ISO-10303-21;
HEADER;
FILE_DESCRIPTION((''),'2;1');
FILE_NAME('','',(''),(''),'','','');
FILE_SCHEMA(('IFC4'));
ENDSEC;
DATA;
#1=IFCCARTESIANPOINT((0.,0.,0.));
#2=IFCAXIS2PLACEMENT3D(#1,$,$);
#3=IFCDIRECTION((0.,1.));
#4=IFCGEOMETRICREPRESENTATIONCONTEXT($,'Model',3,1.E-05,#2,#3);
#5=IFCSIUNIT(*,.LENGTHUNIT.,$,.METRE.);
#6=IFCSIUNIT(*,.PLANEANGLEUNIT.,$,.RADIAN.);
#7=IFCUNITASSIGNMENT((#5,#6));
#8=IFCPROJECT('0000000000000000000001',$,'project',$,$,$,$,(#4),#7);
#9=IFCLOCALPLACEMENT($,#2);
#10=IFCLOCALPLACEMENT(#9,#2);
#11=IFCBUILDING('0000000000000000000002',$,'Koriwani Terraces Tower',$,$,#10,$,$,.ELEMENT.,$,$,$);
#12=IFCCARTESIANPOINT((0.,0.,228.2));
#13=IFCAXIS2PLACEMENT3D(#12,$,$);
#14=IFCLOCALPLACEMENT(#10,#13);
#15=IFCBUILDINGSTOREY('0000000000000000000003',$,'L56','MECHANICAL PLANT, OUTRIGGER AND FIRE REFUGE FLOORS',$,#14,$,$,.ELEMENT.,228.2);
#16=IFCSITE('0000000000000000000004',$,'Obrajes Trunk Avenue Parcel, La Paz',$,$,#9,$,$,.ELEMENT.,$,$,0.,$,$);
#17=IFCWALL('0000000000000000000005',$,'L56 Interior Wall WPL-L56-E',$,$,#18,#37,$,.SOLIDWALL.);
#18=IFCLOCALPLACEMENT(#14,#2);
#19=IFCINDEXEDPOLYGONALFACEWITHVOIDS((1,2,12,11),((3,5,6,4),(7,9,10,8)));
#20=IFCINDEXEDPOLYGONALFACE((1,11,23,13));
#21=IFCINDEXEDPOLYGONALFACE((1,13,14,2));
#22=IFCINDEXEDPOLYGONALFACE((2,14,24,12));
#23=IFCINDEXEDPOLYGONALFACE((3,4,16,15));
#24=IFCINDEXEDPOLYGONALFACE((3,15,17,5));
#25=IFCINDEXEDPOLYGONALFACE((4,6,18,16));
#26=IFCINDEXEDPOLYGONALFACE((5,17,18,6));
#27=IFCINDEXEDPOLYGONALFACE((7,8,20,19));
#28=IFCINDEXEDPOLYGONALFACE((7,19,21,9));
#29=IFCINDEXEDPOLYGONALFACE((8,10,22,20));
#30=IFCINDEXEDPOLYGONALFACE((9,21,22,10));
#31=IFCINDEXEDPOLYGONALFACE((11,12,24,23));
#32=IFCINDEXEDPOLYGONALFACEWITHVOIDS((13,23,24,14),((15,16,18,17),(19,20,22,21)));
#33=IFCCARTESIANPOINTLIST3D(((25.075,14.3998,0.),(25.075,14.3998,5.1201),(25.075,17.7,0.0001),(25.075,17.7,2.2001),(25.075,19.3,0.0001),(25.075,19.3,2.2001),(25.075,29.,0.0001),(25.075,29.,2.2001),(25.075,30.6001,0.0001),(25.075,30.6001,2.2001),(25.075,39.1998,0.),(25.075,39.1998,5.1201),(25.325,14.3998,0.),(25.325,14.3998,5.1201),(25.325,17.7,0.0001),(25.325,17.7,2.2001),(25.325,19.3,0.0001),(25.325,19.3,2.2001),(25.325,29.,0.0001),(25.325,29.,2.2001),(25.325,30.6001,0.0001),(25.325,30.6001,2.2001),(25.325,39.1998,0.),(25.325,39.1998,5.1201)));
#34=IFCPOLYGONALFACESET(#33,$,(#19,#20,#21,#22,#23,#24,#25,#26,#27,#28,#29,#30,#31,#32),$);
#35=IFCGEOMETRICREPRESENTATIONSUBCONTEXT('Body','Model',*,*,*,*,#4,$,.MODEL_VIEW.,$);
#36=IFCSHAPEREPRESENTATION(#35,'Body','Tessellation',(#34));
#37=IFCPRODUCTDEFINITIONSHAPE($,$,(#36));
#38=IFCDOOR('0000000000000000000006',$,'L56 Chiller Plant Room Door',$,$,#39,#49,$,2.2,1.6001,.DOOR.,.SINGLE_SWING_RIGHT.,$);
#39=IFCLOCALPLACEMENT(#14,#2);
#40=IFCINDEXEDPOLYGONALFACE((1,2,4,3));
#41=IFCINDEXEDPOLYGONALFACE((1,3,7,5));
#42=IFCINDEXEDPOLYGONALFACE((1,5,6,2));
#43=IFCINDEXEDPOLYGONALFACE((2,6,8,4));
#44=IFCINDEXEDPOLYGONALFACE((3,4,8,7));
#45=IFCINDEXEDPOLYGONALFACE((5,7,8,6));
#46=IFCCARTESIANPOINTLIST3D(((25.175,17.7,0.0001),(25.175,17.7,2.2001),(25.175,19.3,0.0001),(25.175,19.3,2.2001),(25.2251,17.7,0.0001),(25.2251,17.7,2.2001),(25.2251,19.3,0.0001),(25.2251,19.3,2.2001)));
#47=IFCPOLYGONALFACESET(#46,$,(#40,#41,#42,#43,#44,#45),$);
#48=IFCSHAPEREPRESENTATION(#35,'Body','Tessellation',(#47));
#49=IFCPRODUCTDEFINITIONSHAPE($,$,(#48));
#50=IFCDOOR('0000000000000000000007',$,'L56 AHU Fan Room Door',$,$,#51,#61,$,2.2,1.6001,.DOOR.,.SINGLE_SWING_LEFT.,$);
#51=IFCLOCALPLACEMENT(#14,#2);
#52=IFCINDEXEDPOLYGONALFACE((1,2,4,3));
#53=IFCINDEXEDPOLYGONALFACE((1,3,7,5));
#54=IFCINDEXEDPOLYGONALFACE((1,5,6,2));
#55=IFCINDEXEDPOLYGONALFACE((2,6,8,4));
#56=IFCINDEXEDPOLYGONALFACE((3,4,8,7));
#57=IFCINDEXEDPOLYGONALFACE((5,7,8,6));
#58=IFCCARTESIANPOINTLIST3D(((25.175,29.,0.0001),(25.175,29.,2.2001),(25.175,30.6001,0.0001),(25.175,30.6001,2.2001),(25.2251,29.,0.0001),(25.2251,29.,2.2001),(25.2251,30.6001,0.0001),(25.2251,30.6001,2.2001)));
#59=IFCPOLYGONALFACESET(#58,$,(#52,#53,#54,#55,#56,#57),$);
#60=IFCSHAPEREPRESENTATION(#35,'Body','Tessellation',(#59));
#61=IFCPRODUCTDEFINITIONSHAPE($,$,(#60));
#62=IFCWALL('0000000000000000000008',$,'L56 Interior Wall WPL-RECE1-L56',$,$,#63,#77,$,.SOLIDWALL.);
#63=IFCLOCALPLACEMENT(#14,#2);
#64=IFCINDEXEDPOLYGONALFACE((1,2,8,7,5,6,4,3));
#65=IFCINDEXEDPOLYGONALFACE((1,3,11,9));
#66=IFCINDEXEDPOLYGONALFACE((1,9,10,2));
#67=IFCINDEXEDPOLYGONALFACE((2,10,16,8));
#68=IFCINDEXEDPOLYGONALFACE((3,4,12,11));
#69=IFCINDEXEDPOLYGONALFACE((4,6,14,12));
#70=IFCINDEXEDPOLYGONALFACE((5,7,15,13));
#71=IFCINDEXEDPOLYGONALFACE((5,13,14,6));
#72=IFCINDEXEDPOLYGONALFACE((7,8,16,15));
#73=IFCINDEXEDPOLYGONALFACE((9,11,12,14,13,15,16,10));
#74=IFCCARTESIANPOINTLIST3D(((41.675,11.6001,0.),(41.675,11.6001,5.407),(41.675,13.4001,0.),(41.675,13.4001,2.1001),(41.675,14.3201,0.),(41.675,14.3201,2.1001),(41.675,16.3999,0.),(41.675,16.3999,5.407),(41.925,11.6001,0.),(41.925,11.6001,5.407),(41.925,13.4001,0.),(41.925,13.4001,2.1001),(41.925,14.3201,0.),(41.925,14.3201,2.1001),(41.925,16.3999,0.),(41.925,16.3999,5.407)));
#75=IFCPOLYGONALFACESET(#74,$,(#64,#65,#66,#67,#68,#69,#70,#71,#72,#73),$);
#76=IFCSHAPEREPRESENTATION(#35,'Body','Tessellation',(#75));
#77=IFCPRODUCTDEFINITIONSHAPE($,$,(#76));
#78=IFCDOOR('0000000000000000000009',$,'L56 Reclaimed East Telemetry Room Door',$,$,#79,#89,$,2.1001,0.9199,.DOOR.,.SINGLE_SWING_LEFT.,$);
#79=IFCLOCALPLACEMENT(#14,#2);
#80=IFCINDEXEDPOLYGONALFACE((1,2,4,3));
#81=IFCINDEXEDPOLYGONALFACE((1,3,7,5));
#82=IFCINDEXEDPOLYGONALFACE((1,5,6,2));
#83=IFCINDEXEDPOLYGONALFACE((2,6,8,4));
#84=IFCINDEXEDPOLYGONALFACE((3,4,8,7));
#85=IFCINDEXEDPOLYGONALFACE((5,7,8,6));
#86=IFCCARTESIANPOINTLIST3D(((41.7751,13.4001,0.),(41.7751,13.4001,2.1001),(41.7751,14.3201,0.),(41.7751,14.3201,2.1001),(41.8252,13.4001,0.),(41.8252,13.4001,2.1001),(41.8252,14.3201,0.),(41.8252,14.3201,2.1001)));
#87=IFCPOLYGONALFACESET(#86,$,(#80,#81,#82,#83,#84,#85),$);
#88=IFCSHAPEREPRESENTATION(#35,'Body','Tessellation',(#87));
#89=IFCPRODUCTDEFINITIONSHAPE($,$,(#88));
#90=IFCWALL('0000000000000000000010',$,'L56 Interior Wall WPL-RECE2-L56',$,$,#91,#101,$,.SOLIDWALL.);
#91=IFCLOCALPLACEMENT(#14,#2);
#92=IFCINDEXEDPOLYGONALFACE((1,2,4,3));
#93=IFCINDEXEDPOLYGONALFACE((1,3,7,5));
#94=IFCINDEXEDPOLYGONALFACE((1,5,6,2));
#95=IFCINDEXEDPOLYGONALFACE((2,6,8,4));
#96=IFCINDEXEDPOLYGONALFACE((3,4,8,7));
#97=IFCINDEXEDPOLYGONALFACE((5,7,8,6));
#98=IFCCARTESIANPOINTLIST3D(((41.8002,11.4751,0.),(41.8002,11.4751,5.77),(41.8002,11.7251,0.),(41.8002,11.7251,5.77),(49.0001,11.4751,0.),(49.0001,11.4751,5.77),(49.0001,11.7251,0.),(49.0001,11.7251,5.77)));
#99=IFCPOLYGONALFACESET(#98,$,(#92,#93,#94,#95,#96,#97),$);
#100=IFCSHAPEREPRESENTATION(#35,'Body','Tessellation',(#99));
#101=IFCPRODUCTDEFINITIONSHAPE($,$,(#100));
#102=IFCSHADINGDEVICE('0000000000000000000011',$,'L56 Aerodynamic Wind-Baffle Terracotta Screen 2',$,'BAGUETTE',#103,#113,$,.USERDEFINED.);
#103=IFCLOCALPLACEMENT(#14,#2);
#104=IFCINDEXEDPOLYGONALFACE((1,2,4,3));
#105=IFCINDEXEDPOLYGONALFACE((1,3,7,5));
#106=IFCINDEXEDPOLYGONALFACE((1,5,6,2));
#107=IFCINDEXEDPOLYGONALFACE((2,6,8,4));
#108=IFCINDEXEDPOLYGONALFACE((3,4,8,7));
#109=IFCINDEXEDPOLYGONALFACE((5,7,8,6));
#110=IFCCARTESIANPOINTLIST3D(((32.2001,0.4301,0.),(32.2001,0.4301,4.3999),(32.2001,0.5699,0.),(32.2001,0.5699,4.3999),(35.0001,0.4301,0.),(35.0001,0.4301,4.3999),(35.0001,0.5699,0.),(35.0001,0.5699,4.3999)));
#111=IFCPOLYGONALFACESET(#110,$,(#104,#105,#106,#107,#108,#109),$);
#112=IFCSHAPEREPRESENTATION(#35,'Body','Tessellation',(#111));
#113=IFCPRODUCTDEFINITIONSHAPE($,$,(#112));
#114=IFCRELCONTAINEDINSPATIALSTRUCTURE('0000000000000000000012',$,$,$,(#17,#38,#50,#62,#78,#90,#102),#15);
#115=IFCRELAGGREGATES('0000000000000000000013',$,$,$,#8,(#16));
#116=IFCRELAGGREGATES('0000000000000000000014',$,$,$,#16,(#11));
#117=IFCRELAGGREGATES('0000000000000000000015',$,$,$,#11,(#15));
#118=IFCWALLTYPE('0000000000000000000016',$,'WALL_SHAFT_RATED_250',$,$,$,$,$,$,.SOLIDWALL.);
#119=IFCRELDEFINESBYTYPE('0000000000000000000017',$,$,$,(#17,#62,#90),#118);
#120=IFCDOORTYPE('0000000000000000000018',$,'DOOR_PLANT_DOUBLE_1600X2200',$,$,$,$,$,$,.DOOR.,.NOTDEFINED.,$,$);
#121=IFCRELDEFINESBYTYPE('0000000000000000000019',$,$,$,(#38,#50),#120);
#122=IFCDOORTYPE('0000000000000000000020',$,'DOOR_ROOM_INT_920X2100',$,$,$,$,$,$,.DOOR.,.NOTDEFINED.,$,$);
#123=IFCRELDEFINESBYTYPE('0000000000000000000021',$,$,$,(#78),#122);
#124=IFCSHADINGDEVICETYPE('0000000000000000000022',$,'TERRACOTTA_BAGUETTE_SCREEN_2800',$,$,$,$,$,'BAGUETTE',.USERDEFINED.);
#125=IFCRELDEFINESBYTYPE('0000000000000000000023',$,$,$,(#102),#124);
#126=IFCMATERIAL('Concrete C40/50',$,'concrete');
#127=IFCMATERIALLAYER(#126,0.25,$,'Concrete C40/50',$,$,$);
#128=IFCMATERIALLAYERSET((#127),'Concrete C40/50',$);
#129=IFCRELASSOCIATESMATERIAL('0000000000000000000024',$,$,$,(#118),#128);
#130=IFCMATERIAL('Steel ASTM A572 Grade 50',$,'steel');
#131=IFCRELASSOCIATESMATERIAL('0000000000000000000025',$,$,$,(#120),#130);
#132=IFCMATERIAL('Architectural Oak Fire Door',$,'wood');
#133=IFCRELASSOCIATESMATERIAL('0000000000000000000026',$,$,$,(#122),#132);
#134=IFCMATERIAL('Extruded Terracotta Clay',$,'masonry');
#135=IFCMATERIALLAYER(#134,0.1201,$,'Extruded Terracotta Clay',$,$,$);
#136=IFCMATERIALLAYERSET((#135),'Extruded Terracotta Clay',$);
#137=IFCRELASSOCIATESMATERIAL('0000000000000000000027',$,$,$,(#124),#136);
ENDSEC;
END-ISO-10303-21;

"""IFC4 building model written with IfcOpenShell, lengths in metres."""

from ifc_helpers import new_model, si_unit, direction, frame, frame_2d, origin, origin_2d, place, context, subcontext, project, spatial, rectangle, extrude, material, layer, layer_set, type_object, element, fill, save


model = new_model("IFC4")

# Units and contexts
model_context = context("Model", 3, precision=1e-05, world=origin(), true_north=direction((0.0, 1.0)))
body_context = subcontext(model_context, "Body", "Model", "MODEL_VIEW")
ifc_project = project(units=[si_unit("LENGTHUNIT", "METRE"), si_unit("PLANEANGLEUNIT", "RADIAN")], contexts=[model_context])

# Site, building, storey
site_placement = place(None, origin())
site = spatial("IfcSite", under=ifc_project, at=site_placement, Name="Obrajes Trunk Avenue Parcel, La Paz", CompositionType="ELEMENT", RefElevation=0.0)
building_placement = place(site_placement, origin())
building = spatial("IfcBuilding", under=site, at=building_placement, Name="Koriwani Terraces Tower", CompositionType="ELEMENT")
storey_placement = place(building_placement, frame((0.0, 0.0, 228.2)))
storey = spatial("IfcBuildingStorey", under=building, at=storey_placement, Name="L56", Description="MECHANICAL PLANT, OUTRIGGER AND FIRE REFUGE FLOORS", CompositionType="ELEMENT", Elevation=228.2)

# Shared definitions
ifc_material_1 = material(Name="Steel ASTM A572 Grade 50", Category="steel")

# Wall, openings, doors
ifc_material_2 = material(Name="Concrete C40/50", Category="concrete")
ifc_layer_1 = layer(ifc_material_2, 0.25, Name="Concrete C40/50")
ifc_layer_set_1 = layer_set([ifc_layer_1], Name="Concrete C40/50")
wall_type_1 = type_object("IfcWallType", Name="WALL_SHAFT_RATED_250", PredefinedType="SOLIDWALL", material=ifc_layer_set_1)
wall_1_placement = place(storey_placement, frame((25.2, 14.3999, 0.0), z_axis=(0.0, 0.0, 1.0), x_axis=(0.0, 1.0, 0.0)))
wall_1 = element("IfcWall", 1, at=wall_1_placement, inside=storey, type_object=wall_type_1, Name="L56 Interior Wall WPL-L56-E", PredefinedType="SOLIDWALL", context=body_context, shape_type="SweptSolid", body=[
    extrude(rectangle(XDim=24.8, YDim=0.25, at=frame_2d((12.3999, 0.0))), origin(), (0.0, 0.0, 1.0), 5.1201),
])
opening_1_placement = place(wall_1_placement, frame((3.3, 0.0, 0.0)))
opening_1 = element("IfcOpeningElement", 2, at=opening_1_placement, cuts=wall_1, PredefinedType="OPENING", context=body_context, shape_type="SweptSolid", body=[
    extrude(rectangle(XDim=1.6001, YDim=2.2, at=frame_2d((0.8, 1.1001))), frame((0.0, 0.135, 0.0), z_axis=(0.0, -1.0, 0.0), x_axis=(1.0, 0.0, 0.0)), (0.0, 0.0, 1.0), 0.27),
])
opening_2_placement = place(wall_1_placement, frame((14.6001, 0.0, 0.0)))
opening_2 = element("IfcOpeningElement", 3, at=opening_2_placement, cuts=wall_1, PredefinedType="OPENING", context=body_context, shape_type="SweptSolid", body=[
    extrude(rectangle(XDim=1.6001, YDim=2.2, at=frame_2d((0.8, 1.1001))), frame((0.0, 0.135, 0.0), z_axis=(0.0, -1.0, 0.0), x_axis=(1.0, 0.0, 0.0)), (0.0, 0.0, 1.0), 0.27),
])
door_type_1 = type_object("IfcDoorType", Name="DOOR_PLANT_DOUBLE_1600X2200", OperationType="NOTDEFINED", PredefinedType="DOOR", material=ifc_material_1)
door_1_placement = place(opening_1_placement, origin())
door_1 = element("IfcDoor", 4, at=door_1_placement, inside=storey, type_object=door_type_1, Name="L56 Chiller Plant Room Door", OperationType="SINGLE_SWING_RIGHT", OverallHeight=2.2, OverallWidth=1.6001, PredefinedType="DOOR", context=body_context, shape_type="SweptSolid", body=[
    extrude(rectangle(XDim=1.6001, YDim=2.2, at=frame_2d((0.8, 1.1001))), frame((0.0, 0.0249, 0.0), z_axis=(0.0, -1.0, 0.0), x_axis=(1.0, 0.0, 0.0)), (0.0, 0.0, 1.0), 0.05),
])
fill(opening_1, door_1)
door_2_placement = place(opening_2_placement, origin())
door_2 = element("IfcDoor", 5, at=door_2_placement, inside=storey, type_object=door_type_1, Name="L56 AHU Fan Room Door", OperationType="SINGLE_SWING_LEFT", OverallHeight=2.2, OverallWidth=1.6001, PredefinedType="DOOR", context=body_context, shape_type="SweptSolid", body=[
    extrude(rectangle(XDim=1.6001, YDim=2.2, at=frame_2d((0.8, 1.1001))), frame((0.0, 0.0249, 0.0), z_axis=(0.0, -1.0, 0.0), x_axis=(1.0, 0.0, 0.0)), (0.0, 0.0, 1.0), 0.05),
])
fill(opening_2, door_2)

# Wall, opening, door
wall_2_placement = place(storey_placement, frame((41.8, 11.6001, 0.0), z_axis=(0.0, 0.0, 1.0), x_axis=(0.0, 1.0, 0.0)))
wall_2 = element("IfcWall", 6, at=wall_2_placement, inside=storey, type_object=wall_type_1, Name="L56 Interior Wall WPL-RECE1-L56", PredefinedType="SOLIDWALL", context=body_context, shape_type="SweptSolid", body=[
    extrude(rectangle(XDim=4.7998, YDim=0.25, at=frame_2d((2.3999, 0.0))), origin(), (0.0, 0.0, 1.0), 5.407),
])
opening_3_placement = place(wall_2_placement, frame((1.8, 0.0, 0.0)))
opening_3 = element("IfcOpeningElement", 7, at=opening_3_placement, cuts=wall_2, PredefinedType="OPENING", context=body_context, shape_type="SweptSolid", body=[
    extrude(rectangle(XDim=0.9199, YDim=2.1001, at=frame_2d((0.46, 1.05))), frame((0.0, 0.135, 0.0), z_axis=(0.0, -1.0, 0.0), x_axis=(1.0, 0.0, 0.0)), (0.0, 0.0, 1.0), 0.27),
])
ifc_material_3 = material(Name="Architectural Oak Fire Door", Category="wood")
door_type_2 = type_object("IfcDoorType", Name="DOOR_ROOM_INT_920X2100", OperationType="NOTDEFINED", PredefinedType="DOOR", material=ifc_material_3)
door_3_placement = place(opening_3_placement, origin())
door_3 = element("IfcDoor", 8, at=door_3_placement, inside=storey, type_object=door_type_2, Name="L56 Reclaimed East Telemetry Room Door", OperationType="SINGLE_SWING_LEFT", OverallHeight=2.1001, OverallWidth=0.9199, PredefinedType="DOOR", context=body_context, shape_type="SweptSolid", body=[
    extrude(rectangle(XDim=0.9199, YDim=2.1001, at=frame_2d((0.46, 1.05))), frame((0.0, 0.0249, 0.0), z_axis=(0.0, -1.0, 0.0), x_axis=(1.0, 0.0, 0.0)), (0.0, 0.0, 1.0), 0.05),
])
fill(opening_3, door_3)

# Wall
wall_3_placement = place(storey_placement, frame((41.8, 11.6001, 0.0), z_axis=(0.0, 0.0, 1.0), x_axis=(1.0, 0.0, 0.0)))
element("IfcWall", 9, at=wall_3_placement, inside=storey, type_object=wall_type_1, Name="L56 Interior Wall WPL-RECE2-L56", PredefinedType="SOLIDWALL", context=body_context, shape_type="SweptSolid", body=[
    extrude(rectangle(XDim=7.2, YDim=0.25, at=frame_2d((3.6001, 0.0))), origin(), (0.0, 0.0, 1.0), 5.77),
])

# Shading device
ifc_material_4 = material(Name="Extruded Terracotta Clay", Category="masonry")
ifc_layer_2 = layer(ifc_material_4, 0.1201, Name="Extruded Terracotta Clay")
ifc_layer_set_2 = layer_set([ifc_layer_2], Name="Extruded Terracotta Clay")
shading_device_type = type_object("IfcShadingDeviceType", Name="TERRACOTTA_BAGUETTE_SCREEN_2800", ElementType="BAGUETTE", PredefinedType="USERDEFINED", material=ifc_layer_set_2)
shading_device_placement = place(storey_placement, frame((33.6001, 0.5, 0.0), z_axis=(0.0, 0.0, 1.0), x_axis=(1.0, 0.0, 0.0)))
element("IfcShadingDevice", 10, at=shading_device_placement, inside=storey, type_object=shading_device_type, Name="L56 Aerodynamic Wind-Baffle Terracotta Screen 2", ObjectType="BAGUETTE", PredefinedType="USERDEFINED", context=body_context, shape_type="SweptSolid", body=[
    extrude(rectangle(XDim=2.8, YDim=0.1399, at=origin_2d()), origin(), (0.0, 0.0, 1.0), 4.3999),
])

save(model, "model.ifc")
